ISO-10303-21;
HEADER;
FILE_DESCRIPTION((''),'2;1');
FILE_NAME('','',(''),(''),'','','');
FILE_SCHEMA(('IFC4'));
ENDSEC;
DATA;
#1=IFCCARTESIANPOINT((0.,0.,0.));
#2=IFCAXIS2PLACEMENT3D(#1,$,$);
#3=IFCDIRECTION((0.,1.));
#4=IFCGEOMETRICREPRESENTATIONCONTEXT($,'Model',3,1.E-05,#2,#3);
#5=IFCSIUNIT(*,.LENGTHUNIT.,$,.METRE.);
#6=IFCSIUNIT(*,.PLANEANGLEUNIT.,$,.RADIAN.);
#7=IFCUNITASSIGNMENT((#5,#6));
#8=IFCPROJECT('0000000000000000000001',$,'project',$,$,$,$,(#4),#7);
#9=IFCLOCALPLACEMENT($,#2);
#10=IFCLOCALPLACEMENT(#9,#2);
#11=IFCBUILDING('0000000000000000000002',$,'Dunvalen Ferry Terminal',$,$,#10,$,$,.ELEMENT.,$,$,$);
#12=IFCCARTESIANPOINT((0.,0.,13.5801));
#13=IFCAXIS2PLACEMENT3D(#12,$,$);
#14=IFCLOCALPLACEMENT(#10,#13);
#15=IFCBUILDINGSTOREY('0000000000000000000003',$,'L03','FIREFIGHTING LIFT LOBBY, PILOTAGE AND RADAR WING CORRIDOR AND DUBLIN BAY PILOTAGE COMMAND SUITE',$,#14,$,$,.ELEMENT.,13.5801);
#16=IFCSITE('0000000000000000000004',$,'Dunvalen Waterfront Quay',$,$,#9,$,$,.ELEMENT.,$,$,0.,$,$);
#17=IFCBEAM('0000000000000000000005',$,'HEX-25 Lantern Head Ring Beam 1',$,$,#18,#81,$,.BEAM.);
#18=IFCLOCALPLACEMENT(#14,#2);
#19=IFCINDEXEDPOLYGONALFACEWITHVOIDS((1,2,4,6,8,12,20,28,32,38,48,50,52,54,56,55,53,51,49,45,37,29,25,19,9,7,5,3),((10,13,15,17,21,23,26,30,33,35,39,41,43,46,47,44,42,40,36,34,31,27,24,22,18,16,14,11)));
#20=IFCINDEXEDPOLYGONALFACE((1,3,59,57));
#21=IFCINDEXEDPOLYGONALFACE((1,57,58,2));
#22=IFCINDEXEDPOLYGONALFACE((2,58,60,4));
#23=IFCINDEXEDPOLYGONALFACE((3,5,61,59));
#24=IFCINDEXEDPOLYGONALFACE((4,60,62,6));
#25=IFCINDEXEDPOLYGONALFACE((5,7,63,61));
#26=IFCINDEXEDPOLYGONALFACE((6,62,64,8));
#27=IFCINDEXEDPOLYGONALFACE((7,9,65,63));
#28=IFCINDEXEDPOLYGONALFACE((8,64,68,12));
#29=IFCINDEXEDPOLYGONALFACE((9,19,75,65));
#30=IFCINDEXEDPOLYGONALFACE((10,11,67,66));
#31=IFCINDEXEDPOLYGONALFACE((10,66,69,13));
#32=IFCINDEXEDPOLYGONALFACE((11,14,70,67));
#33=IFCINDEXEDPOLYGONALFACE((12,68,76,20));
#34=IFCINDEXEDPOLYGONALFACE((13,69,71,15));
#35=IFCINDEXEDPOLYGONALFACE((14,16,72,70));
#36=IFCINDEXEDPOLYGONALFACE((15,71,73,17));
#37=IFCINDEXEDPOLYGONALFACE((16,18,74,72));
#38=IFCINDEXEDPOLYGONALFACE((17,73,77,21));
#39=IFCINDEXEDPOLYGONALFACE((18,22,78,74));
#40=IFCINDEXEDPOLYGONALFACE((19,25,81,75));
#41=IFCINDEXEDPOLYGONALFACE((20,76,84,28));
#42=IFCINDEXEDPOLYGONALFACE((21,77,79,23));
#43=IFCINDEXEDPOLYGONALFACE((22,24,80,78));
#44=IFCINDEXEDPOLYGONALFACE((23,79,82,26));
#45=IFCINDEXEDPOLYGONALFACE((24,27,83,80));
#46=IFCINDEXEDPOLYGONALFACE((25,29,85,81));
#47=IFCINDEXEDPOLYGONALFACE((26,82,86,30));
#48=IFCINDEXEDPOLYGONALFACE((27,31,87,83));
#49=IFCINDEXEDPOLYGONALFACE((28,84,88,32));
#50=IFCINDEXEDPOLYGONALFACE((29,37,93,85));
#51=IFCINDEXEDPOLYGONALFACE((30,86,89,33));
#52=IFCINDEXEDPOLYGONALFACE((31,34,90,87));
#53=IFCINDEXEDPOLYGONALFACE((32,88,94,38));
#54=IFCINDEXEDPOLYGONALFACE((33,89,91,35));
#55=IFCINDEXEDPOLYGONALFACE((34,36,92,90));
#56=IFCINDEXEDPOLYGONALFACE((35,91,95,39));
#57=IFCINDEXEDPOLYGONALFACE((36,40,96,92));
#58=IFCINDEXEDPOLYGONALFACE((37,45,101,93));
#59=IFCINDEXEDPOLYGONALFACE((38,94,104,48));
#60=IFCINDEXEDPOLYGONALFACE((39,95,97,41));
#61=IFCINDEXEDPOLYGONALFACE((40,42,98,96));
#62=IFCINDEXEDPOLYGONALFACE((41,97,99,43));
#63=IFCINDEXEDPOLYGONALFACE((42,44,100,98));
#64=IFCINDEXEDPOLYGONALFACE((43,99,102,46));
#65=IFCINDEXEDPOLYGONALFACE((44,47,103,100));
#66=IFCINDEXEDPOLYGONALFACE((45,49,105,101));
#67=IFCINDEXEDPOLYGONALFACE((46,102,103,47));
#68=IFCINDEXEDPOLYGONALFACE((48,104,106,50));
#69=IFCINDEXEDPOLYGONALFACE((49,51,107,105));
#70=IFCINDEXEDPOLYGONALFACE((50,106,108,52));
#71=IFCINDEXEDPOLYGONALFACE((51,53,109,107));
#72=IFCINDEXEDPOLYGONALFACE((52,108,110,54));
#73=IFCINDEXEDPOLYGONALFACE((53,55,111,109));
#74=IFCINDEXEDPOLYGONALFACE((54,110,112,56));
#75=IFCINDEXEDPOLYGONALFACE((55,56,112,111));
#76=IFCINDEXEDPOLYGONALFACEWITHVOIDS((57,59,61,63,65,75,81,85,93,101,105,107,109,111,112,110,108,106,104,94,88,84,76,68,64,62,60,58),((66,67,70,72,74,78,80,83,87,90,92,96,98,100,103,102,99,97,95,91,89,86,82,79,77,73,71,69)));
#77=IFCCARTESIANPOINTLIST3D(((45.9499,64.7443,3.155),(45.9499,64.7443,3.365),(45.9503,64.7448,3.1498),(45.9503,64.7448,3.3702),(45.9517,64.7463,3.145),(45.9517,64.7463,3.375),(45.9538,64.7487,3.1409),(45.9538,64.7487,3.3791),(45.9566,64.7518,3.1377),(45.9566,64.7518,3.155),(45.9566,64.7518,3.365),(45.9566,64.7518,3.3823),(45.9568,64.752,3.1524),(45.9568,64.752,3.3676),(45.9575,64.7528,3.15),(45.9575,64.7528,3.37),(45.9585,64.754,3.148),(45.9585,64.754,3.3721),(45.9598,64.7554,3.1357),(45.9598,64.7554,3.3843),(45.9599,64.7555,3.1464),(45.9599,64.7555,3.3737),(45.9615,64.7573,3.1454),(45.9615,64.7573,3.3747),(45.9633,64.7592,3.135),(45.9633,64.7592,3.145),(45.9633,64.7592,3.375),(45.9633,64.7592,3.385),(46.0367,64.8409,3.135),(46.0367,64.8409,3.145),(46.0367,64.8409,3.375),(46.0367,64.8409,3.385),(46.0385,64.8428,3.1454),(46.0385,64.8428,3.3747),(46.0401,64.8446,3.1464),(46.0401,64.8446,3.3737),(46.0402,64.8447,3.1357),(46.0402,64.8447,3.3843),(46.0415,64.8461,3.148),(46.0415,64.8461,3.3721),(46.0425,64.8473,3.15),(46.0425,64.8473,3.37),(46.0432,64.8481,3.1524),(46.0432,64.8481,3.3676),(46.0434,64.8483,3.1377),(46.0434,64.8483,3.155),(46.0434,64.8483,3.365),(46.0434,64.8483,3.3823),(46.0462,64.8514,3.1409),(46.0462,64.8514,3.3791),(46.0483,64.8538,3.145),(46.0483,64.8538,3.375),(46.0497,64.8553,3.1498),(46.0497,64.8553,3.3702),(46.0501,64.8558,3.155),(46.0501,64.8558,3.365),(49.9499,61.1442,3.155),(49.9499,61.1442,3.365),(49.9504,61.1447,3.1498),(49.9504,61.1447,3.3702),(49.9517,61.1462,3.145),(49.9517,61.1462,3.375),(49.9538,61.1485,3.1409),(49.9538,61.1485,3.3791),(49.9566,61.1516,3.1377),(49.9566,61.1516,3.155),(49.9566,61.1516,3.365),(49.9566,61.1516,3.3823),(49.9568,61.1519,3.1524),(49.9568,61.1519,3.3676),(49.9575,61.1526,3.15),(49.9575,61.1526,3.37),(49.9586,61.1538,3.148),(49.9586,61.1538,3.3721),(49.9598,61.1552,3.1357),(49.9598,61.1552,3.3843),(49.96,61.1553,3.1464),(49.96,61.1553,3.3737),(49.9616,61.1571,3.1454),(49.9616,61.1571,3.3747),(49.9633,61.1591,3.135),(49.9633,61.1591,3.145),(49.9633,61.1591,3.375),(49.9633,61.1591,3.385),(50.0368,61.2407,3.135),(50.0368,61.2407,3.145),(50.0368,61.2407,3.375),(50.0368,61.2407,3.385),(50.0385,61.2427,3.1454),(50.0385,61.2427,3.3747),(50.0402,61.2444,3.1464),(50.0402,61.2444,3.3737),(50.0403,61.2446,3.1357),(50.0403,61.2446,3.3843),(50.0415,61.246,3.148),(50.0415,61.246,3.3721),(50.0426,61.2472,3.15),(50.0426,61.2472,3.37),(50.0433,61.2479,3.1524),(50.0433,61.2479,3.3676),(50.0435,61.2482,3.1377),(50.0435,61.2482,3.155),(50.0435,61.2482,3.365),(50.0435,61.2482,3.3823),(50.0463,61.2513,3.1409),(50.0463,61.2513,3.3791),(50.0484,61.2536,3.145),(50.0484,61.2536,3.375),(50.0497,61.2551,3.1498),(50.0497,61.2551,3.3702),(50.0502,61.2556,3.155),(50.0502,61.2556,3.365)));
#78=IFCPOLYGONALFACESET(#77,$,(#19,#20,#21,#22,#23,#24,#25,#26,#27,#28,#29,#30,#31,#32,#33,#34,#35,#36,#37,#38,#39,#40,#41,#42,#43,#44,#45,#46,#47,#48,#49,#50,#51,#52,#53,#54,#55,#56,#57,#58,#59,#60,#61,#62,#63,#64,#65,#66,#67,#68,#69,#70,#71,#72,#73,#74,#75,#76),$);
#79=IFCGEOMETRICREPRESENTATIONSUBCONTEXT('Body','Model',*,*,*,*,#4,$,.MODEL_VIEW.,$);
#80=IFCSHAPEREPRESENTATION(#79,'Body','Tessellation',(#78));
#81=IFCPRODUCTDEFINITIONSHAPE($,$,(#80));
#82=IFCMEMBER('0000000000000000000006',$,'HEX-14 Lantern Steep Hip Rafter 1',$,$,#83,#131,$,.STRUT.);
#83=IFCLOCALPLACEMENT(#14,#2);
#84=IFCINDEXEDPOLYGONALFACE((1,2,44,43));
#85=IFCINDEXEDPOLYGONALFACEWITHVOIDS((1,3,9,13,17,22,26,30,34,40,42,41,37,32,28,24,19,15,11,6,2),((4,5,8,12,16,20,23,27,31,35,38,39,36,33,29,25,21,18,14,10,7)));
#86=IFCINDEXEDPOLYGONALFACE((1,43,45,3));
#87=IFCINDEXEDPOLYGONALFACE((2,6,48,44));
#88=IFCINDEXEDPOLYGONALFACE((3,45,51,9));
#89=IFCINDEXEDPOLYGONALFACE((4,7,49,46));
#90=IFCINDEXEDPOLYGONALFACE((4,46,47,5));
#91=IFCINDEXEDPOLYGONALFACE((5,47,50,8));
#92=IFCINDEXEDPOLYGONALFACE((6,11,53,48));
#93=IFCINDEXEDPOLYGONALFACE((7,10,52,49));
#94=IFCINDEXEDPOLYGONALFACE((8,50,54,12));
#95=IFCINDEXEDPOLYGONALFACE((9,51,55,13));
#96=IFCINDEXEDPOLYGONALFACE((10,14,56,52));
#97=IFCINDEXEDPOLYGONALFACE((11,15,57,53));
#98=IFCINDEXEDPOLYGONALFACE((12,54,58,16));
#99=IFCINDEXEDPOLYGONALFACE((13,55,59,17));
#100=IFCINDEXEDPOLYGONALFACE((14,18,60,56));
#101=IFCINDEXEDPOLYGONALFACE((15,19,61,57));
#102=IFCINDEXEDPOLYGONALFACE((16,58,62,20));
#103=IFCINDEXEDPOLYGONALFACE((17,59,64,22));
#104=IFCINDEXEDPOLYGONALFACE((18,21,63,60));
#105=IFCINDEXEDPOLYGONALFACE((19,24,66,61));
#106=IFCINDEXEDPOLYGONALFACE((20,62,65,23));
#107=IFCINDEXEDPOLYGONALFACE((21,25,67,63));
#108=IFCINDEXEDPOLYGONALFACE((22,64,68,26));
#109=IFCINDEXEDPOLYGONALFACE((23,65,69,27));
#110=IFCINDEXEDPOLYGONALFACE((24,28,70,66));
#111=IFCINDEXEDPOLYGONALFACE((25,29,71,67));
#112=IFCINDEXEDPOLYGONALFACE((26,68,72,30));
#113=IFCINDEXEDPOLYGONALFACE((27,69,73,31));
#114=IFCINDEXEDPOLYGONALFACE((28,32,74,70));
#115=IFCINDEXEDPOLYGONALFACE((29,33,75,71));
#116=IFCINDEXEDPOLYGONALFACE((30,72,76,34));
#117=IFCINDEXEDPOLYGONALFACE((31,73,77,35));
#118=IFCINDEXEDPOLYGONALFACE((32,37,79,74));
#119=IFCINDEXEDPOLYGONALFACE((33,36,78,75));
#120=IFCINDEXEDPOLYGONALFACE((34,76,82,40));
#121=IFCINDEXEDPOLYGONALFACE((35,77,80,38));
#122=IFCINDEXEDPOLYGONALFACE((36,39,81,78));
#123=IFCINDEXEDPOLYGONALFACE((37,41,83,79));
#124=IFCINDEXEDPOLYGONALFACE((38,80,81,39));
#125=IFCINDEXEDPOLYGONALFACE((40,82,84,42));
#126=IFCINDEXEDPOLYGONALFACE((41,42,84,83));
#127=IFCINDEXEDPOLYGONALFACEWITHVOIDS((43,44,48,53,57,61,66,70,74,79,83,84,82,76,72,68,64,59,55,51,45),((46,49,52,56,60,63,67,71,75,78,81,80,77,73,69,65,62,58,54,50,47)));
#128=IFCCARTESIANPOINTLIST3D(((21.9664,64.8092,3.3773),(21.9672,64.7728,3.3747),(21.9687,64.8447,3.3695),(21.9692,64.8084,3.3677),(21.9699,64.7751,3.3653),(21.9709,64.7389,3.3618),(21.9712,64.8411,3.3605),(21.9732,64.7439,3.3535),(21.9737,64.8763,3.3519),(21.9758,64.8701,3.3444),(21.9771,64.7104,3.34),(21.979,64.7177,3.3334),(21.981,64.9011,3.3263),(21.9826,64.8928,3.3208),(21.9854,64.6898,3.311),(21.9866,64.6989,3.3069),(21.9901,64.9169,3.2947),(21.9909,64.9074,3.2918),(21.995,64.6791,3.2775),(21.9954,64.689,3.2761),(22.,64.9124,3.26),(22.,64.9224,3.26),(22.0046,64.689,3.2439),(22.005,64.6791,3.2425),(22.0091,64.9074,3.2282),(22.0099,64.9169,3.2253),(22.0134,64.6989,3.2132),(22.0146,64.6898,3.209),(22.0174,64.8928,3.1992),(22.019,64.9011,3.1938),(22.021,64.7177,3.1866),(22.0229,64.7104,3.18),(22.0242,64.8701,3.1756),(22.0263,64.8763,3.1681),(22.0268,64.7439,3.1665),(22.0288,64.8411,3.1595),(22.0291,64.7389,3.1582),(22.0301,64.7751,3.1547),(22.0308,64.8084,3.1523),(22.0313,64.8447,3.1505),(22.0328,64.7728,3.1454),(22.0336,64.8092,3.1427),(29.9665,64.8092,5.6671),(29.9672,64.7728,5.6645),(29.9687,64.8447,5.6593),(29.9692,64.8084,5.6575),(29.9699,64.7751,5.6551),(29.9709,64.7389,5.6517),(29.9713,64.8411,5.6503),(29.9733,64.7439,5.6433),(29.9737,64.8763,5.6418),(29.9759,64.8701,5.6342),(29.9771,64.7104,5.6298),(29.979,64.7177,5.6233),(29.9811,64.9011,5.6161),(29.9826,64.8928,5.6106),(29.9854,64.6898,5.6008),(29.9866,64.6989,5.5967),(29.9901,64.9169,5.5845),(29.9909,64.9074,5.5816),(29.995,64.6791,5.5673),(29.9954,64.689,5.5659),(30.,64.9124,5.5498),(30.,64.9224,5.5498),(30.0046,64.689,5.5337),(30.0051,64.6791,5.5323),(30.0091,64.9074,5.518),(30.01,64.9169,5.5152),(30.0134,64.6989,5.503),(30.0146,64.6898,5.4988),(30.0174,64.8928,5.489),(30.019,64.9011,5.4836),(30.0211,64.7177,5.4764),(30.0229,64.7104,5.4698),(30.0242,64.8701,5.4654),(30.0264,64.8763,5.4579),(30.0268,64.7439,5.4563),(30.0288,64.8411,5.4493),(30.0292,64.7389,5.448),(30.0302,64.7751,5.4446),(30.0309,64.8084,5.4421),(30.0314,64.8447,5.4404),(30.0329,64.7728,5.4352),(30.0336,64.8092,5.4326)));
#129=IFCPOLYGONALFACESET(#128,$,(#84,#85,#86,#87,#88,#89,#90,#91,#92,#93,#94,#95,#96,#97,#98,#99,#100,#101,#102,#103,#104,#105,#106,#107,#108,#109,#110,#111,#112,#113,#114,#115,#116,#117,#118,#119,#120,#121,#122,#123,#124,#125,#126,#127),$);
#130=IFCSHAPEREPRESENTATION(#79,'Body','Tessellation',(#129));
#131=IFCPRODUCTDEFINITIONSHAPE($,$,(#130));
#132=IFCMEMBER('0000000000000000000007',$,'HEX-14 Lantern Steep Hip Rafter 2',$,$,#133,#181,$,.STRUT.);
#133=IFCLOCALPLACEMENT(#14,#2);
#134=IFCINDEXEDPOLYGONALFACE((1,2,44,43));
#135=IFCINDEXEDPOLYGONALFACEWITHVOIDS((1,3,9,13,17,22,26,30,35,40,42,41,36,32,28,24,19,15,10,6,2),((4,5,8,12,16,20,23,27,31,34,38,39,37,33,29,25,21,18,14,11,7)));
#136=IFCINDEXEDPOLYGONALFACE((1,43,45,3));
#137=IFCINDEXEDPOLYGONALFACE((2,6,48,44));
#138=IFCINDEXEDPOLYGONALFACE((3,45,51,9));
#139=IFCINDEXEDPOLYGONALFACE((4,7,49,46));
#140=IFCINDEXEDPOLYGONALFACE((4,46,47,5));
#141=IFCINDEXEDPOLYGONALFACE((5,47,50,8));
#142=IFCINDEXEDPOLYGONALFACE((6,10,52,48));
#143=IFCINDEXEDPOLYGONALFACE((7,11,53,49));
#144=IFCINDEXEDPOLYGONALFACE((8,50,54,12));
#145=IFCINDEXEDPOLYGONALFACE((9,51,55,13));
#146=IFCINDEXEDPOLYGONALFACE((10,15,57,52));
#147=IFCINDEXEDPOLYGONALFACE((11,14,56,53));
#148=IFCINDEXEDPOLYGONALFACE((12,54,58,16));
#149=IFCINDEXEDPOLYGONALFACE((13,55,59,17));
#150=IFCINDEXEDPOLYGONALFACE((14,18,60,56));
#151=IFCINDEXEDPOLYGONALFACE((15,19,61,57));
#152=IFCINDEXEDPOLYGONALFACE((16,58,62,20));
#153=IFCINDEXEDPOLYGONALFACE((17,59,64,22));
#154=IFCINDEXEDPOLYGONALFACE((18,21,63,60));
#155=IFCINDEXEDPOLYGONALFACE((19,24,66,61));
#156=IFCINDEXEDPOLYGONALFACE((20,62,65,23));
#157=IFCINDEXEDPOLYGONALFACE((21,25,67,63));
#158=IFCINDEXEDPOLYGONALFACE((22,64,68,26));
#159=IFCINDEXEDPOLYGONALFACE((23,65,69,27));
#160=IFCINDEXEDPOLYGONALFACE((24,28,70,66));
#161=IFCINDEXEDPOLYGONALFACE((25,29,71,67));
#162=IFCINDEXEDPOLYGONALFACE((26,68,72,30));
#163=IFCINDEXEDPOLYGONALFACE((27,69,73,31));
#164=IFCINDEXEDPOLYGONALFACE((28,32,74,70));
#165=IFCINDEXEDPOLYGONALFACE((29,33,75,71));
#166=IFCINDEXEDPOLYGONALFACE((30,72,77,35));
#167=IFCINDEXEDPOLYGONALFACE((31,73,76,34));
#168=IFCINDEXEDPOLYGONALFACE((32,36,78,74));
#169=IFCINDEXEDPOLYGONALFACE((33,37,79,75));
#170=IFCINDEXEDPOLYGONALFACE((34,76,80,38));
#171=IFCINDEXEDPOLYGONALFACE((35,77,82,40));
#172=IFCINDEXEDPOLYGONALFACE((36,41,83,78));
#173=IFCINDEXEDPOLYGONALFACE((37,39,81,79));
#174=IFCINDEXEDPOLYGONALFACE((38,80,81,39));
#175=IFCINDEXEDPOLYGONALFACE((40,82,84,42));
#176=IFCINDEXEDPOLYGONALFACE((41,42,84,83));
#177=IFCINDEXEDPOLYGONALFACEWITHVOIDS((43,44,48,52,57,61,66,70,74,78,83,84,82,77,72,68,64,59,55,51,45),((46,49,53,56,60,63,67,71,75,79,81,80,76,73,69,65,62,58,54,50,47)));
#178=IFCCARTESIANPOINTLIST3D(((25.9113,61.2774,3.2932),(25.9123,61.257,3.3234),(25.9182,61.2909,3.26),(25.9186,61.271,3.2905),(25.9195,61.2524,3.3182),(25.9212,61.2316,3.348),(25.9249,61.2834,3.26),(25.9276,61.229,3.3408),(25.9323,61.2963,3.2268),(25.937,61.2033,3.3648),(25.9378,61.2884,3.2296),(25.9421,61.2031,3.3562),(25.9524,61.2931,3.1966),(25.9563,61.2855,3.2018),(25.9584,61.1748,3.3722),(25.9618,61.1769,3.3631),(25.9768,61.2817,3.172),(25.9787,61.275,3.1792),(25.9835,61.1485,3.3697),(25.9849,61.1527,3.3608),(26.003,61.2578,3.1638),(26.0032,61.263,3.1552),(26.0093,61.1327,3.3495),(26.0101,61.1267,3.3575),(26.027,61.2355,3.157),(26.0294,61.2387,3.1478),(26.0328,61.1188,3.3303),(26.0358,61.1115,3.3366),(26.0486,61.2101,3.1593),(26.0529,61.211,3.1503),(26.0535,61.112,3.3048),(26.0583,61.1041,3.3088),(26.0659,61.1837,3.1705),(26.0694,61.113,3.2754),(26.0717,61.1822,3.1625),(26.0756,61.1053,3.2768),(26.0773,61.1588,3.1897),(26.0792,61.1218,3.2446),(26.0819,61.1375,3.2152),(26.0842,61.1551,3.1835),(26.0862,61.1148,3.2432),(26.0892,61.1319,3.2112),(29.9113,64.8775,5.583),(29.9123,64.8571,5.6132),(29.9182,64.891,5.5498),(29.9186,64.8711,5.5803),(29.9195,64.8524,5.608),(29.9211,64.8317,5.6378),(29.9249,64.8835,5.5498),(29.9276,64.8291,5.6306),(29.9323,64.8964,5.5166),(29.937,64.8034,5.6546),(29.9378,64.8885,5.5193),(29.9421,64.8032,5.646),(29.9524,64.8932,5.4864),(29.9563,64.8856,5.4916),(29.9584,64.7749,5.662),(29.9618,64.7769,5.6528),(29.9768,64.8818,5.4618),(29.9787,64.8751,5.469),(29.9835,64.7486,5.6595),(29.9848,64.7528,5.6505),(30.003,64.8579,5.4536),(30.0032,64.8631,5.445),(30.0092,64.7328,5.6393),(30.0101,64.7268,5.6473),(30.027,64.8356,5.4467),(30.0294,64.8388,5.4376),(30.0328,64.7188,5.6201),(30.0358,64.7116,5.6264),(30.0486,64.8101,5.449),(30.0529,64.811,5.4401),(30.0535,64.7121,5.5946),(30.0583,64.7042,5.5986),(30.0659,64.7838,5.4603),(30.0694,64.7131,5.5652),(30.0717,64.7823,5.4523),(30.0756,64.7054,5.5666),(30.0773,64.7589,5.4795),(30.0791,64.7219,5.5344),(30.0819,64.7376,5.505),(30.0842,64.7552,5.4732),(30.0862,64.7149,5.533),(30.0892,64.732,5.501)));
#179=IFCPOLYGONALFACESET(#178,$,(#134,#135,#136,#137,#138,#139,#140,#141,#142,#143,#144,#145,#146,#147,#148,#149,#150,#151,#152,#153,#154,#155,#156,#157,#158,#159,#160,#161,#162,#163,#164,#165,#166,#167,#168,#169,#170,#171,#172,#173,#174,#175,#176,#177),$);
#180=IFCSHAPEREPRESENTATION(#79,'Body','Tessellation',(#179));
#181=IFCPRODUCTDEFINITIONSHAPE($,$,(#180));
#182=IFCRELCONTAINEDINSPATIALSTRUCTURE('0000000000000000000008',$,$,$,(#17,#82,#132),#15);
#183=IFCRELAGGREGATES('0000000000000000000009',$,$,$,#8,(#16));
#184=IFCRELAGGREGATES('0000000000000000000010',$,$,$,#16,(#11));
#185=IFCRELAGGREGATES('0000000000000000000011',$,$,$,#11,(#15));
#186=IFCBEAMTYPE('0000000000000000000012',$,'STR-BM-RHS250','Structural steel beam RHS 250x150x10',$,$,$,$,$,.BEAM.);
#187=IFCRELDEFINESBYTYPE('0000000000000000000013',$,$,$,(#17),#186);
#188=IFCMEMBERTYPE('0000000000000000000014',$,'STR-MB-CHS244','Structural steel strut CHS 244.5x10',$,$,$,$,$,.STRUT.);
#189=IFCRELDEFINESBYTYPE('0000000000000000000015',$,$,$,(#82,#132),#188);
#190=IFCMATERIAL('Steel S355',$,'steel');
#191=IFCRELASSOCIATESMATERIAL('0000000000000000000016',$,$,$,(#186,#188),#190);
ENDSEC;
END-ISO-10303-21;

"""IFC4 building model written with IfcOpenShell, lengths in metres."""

from ifc_helpers import new_model, si_unit, direction, frame, origin, origin_2d, place, context, subcontext, project, spatial, hollow_rectangle, hollow_circle, extrude, material, material_profile, profile_set, type_object, element, save


model = new_model("IFC4")

# Units and contexts
model_context = context("Model", 3, precision=1e-05, world=origin(), true_north=direction((0.0, 1.0)))
body_context = subcontext(model_context, "Body", "Model", "MODEL_VIEW")
ifc_project = project(units=[si_unit("LENGTHUNIT", "METRE"), si_unit("PLANEANGLEUNIT", "RADIAN")], contexts=[model_context])

# Site, building, storey
site_placement = place(None, origin())
site = spatial("IfcSite", under=ifc_project, at=site_placement, Name="Dunvalen Waterfront Quay", CompositionType="ELEMENT", RefElevation=0.0)
building_placement = place(site_placement, origin())
building = spatial("IfcBuilding", under=site, at=building_placement, Name="Dunvalen Ferry Terminal", CompositionType="ELEMENT")
storey_placement = place(building_placement, frame((0.0, 0.0, 13.5801)))
storey = spatial("IfcBuildingStorey", under=building, at=storey_placement, Name="L03", Description="FIREFIGHTING LIFT LOBBY, PILOTAGE AND RADAR WING CORRIDOR AND DUBLIN BAY PILOTAGE COMMAND SUITE", CompositionType="ELEMENT", Elevation=13.5801)

# Beam
ifc_material_1 = material(Name="Steel S355", Category="steel")
ifc_material_profile_1 = material_profile(ifc_material_1, hollow_rectangle(XDim=0.1499, YDim=0.25, WallThickness=0.01, InnerFilletRadius=0.01, OuterFilletRadius=0.02, at=origin_2d()), Name="Steel S355")
ifc_profile_set_1 = profile_set([ifc_material_profile_1], Name="Steel S355")
beam_type_1 = type_object("IfcBeamType", Name="STR-BM-RHS250", Description="Structural steel beam RHS 250x150x10", PredefinedType="BEAM", material=ifc_profile_set_1)
beam_1_placement = place(storey_placement, frame((46.0, 64.8, 3.26), z_axis=(0.743285, -0.668975, 0.0), x_axis=(0.668975, 0.743285, 0.0)))
element("IfcBeam", 1, at=beam_1_placement, inside=storey, type_object=beam_type_1, Name="HEX-25 Lantern Head Ring Beam 1", PredefinedType="BEAM", context=body_context, shape_type="SweptSolid", body=[
    extrude(hollow_rectangle(XDim=0.1499, YDim=0.25, WallThickness=0.01, InnerFilletRadius=0.01, OuterFilletRadius=0.02, at=origin_2d()), origin(), (0.0, 0.0, 1.0), 5.3816),
])

# Members
ifc_material_profile_2 = material_profile(ifc_material_1, hollow_circle(Radius=0.1223, WallThickness=0.01, at=origin_2d()), Name="Steel S355")
ifc_profile_set_2 = profile_set([ifc_material_profile_2], Name="Steel S355")
member_type = type_object("IfcMemberType", Name="STR-MB-CHS244", Description="Structural steel strut CHS 244.5x10", PredefinedType="STRUT", material=ifc_profile_set_2)
member_1_placement = place(storey_placement, frame((22.0, 64.8, 3.26), z_axis=(0.961394, 0.0, 0.275174), x_axis=(0.0, 1.0, 0.0)))
element("IfcMember", 2, at=member_1_placement, inside=storey, type_object=member_type, Name="HEX-14 Lantern Steep Hip Rafter 1", PredefinedType="STRUT", context=body_context, shape_type="SweptSolid", body=[
    extrude(hollow_circle(Radius=0.1223, WallThickness=0.01, at=origin_2d()), origin(), (0.0, 0.0, 1.0), 8.3213),
])
for number, where, z_axis, x_axis, name in (
    (3, (26.0, 61.2, 3.26), (0.683947, 0.615569, 0.391525), (-0.668975, 0.743285, 0.0), "HEX-14 Lantern Steep Hip Rafter 2"),
):
    element("IfcMember", number, at=place(storey_placement, frame(where, z_axis=z_axis, x_axis=x_axis)), inside=storey, type_object=member_type, Name=name, PredefinedType="STRUT", context=body_context, shape_type="SweptSolid", body=[
        extrude(hollow_circle(Radius=0.1223, WallThickness=0.01, at=origin_2d()), origin(), (0.0, 0.0, 1.0), 5.8484),
    ])

save(model, "model.ifc")
